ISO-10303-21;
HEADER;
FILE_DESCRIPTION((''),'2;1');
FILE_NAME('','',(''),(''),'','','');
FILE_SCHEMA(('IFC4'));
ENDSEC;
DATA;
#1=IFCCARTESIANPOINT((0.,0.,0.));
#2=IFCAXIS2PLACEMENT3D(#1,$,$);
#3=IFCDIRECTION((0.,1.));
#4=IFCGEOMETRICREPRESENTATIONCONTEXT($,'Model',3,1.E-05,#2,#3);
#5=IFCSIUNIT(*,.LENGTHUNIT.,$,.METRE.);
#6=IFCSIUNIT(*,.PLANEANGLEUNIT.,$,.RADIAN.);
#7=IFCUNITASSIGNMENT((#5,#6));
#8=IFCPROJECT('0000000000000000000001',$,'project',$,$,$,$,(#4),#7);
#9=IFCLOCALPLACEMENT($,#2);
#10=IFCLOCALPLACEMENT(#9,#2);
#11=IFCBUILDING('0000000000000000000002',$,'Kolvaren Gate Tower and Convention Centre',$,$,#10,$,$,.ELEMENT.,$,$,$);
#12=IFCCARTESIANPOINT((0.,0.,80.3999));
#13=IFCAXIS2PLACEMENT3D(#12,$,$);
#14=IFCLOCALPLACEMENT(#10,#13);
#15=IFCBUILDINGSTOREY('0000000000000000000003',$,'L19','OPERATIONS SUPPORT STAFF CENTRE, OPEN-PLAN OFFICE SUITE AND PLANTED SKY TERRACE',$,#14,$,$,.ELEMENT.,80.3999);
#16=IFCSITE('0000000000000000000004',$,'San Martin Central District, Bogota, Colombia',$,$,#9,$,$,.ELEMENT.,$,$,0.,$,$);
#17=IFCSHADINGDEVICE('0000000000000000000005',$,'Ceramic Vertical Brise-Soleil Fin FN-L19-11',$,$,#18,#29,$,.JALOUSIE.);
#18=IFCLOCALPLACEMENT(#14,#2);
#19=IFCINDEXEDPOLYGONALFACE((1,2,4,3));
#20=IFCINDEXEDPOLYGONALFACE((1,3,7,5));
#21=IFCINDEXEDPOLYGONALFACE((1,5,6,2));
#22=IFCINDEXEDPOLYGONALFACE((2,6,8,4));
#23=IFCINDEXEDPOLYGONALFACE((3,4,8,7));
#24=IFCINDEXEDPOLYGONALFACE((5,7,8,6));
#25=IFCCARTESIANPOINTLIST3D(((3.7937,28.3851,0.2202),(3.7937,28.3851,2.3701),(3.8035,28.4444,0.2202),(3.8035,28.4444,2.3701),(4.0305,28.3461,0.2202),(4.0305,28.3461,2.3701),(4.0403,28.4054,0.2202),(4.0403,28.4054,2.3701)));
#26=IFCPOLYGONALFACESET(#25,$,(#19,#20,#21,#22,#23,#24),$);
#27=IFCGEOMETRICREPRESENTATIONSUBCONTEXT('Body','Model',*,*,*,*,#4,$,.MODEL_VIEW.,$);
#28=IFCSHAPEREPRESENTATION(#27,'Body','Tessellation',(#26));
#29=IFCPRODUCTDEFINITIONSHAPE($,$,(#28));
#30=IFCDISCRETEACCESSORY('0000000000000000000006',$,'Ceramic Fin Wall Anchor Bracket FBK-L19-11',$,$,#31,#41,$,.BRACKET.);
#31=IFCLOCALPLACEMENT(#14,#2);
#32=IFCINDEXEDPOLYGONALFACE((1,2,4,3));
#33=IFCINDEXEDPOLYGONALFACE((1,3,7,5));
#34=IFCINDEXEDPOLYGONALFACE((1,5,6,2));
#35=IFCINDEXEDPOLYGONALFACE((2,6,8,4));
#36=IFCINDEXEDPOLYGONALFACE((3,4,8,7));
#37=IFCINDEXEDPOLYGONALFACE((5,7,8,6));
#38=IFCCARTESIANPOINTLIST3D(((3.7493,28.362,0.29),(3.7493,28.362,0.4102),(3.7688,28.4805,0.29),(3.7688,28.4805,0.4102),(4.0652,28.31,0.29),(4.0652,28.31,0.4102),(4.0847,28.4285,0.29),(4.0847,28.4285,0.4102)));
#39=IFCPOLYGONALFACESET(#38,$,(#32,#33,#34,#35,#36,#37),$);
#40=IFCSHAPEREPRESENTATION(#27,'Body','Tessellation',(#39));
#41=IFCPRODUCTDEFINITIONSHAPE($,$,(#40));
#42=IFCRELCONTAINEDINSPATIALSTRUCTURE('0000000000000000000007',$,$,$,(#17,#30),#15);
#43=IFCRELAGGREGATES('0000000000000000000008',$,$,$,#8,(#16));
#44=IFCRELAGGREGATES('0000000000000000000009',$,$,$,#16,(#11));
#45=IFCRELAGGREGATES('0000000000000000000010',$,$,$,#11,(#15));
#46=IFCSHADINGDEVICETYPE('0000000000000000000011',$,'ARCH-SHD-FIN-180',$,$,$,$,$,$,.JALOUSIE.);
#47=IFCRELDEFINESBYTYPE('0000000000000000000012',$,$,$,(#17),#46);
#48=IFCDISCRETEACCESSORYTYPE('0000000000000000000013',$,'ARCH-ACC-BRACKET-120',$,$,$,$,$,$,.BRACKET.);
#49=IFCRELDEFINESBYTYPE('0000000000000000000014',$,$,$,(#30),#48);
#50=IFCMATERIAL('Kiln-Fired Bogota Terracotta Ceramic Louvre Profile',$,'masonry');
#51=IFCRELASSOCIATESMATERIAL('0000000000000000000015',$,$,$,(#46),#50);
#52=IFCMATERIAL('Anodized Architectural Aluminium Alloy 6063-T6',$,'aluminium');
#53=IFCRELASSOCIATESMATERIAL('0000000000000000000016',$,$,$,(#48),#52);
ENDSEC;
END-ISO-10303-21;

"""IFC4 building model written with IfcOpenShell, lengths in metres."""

from ifc_helpers import new_model, si_unit, direction, frame, origin, origin_2d, place, context, subcontext, project, spatial, rectangle, extrude, material, type_object, element, save


model = new_model("IFC4")

# Units and contexts
model_context = context("Model", 3, precision=1e-05, world=origin(), true_north=direction((0.0, 1.0)))
body_context = subcontext(model_context, "Body", "Model", "MODEL_VIEW")
ifc_project = project(units=[si_unit("LENGTHUNIT", "METRE"), si_unit("PLANEANGLEUNIT", "RADIAN")], contexts=[model_context])

# Site, building, storey
site_placement = place(None, origin())
site = spatial("IfcSite", under=ifc_project, at=site_placement, Name="San Martin Central District, Bogota, Colombia", CompositionType="ELEMENT", RefElevation=0.0)
building_placement = place(site_placement, origin())
building = spatial("IfcBuilding", under=site, at=building_placement, Name="Kolvaren Gate Tower and Convention Centre", CompositionType="ELEMENT")
storey_placement = place(building_placement, frame((0.0, 0.0, 80.3999)))
storey = spatial("IfcBuildingStorey", under=building, at=storey_placement, Name="L19", Description="OPERATIONS SUPPORT STAFF CENTRE, OPEN-PLAN OFFICE SUITE AND PLANTED SKY TERRACE", CompositionType="ELEMENT", Elevation=80.3999)

# Shading device
ifc_material_1 = material(Name="Kiln-Fired Bogota Terracotta Ceramic Louvre Profile", Category="masonry")
shading_device_type = type_object("IfcShadingDeviceType", Name="ARCH-SHD-FIN-180", PredefinedType="JALOUSIE", material=ifc_material_1)
shading_device_placement = place(storey_placement, frame((3.917, 28.3953, 0.2202), z_axis=(0.0, 0.0, 1.0), x_axis=(0.162375, 0.986729, 0.0)))
element("IfcShadingDevice", 1, at=shading_device_placement, inside=storey, type_object=shading_device_type, Name="Ceramic Vertical Brise-Soleil Fin FN-L19-11", PredefinedType="JALOUSIE", context=body_context, shape_type="SweptSolid", body=[
    extrude(rectangle(XDim=0.0601, YDim=0.24, at=origin_2d()), origin(), (0.0, 0.0, 1.0), 2.1499),
])

# Discrete accessory
ifc_material_2 = material(Name="Anodized Architectural Aluminium Alloy 6063-T6", Category="aluminium")
discrete_accessory_type = type_object("IfcDiscreteAccessoryType", Name="ARCH-ACC-BRACKET-120", PredefinedType="BRACKET", material=ifc_material_2)
discrete_accessory_placement = place(storey_placement, frame((3.917, 28.3953, 0.29), z_axis=(0.0, 0.0, 1.0), x_axis=(0.162375, 0.986729, 0.0)))
element("IfcDiscreteAccessory", 2, at=discrete_accessory_placement, inside=storey, type_object=discrete_accessory_type, Name="Ceramic Fin Wall Anchor Bracket FBK-L19-11", PredefinedType="BRACKET", context=body_context, shape_type="SweptSolid", body=[
    extrude(rectangle(XDim=0.1201, YDim=0.3201, at=origin_2d()), origin(), (0.0, 0.0, 1.0), 0.1201),
])

save(model, "model.ifc")
